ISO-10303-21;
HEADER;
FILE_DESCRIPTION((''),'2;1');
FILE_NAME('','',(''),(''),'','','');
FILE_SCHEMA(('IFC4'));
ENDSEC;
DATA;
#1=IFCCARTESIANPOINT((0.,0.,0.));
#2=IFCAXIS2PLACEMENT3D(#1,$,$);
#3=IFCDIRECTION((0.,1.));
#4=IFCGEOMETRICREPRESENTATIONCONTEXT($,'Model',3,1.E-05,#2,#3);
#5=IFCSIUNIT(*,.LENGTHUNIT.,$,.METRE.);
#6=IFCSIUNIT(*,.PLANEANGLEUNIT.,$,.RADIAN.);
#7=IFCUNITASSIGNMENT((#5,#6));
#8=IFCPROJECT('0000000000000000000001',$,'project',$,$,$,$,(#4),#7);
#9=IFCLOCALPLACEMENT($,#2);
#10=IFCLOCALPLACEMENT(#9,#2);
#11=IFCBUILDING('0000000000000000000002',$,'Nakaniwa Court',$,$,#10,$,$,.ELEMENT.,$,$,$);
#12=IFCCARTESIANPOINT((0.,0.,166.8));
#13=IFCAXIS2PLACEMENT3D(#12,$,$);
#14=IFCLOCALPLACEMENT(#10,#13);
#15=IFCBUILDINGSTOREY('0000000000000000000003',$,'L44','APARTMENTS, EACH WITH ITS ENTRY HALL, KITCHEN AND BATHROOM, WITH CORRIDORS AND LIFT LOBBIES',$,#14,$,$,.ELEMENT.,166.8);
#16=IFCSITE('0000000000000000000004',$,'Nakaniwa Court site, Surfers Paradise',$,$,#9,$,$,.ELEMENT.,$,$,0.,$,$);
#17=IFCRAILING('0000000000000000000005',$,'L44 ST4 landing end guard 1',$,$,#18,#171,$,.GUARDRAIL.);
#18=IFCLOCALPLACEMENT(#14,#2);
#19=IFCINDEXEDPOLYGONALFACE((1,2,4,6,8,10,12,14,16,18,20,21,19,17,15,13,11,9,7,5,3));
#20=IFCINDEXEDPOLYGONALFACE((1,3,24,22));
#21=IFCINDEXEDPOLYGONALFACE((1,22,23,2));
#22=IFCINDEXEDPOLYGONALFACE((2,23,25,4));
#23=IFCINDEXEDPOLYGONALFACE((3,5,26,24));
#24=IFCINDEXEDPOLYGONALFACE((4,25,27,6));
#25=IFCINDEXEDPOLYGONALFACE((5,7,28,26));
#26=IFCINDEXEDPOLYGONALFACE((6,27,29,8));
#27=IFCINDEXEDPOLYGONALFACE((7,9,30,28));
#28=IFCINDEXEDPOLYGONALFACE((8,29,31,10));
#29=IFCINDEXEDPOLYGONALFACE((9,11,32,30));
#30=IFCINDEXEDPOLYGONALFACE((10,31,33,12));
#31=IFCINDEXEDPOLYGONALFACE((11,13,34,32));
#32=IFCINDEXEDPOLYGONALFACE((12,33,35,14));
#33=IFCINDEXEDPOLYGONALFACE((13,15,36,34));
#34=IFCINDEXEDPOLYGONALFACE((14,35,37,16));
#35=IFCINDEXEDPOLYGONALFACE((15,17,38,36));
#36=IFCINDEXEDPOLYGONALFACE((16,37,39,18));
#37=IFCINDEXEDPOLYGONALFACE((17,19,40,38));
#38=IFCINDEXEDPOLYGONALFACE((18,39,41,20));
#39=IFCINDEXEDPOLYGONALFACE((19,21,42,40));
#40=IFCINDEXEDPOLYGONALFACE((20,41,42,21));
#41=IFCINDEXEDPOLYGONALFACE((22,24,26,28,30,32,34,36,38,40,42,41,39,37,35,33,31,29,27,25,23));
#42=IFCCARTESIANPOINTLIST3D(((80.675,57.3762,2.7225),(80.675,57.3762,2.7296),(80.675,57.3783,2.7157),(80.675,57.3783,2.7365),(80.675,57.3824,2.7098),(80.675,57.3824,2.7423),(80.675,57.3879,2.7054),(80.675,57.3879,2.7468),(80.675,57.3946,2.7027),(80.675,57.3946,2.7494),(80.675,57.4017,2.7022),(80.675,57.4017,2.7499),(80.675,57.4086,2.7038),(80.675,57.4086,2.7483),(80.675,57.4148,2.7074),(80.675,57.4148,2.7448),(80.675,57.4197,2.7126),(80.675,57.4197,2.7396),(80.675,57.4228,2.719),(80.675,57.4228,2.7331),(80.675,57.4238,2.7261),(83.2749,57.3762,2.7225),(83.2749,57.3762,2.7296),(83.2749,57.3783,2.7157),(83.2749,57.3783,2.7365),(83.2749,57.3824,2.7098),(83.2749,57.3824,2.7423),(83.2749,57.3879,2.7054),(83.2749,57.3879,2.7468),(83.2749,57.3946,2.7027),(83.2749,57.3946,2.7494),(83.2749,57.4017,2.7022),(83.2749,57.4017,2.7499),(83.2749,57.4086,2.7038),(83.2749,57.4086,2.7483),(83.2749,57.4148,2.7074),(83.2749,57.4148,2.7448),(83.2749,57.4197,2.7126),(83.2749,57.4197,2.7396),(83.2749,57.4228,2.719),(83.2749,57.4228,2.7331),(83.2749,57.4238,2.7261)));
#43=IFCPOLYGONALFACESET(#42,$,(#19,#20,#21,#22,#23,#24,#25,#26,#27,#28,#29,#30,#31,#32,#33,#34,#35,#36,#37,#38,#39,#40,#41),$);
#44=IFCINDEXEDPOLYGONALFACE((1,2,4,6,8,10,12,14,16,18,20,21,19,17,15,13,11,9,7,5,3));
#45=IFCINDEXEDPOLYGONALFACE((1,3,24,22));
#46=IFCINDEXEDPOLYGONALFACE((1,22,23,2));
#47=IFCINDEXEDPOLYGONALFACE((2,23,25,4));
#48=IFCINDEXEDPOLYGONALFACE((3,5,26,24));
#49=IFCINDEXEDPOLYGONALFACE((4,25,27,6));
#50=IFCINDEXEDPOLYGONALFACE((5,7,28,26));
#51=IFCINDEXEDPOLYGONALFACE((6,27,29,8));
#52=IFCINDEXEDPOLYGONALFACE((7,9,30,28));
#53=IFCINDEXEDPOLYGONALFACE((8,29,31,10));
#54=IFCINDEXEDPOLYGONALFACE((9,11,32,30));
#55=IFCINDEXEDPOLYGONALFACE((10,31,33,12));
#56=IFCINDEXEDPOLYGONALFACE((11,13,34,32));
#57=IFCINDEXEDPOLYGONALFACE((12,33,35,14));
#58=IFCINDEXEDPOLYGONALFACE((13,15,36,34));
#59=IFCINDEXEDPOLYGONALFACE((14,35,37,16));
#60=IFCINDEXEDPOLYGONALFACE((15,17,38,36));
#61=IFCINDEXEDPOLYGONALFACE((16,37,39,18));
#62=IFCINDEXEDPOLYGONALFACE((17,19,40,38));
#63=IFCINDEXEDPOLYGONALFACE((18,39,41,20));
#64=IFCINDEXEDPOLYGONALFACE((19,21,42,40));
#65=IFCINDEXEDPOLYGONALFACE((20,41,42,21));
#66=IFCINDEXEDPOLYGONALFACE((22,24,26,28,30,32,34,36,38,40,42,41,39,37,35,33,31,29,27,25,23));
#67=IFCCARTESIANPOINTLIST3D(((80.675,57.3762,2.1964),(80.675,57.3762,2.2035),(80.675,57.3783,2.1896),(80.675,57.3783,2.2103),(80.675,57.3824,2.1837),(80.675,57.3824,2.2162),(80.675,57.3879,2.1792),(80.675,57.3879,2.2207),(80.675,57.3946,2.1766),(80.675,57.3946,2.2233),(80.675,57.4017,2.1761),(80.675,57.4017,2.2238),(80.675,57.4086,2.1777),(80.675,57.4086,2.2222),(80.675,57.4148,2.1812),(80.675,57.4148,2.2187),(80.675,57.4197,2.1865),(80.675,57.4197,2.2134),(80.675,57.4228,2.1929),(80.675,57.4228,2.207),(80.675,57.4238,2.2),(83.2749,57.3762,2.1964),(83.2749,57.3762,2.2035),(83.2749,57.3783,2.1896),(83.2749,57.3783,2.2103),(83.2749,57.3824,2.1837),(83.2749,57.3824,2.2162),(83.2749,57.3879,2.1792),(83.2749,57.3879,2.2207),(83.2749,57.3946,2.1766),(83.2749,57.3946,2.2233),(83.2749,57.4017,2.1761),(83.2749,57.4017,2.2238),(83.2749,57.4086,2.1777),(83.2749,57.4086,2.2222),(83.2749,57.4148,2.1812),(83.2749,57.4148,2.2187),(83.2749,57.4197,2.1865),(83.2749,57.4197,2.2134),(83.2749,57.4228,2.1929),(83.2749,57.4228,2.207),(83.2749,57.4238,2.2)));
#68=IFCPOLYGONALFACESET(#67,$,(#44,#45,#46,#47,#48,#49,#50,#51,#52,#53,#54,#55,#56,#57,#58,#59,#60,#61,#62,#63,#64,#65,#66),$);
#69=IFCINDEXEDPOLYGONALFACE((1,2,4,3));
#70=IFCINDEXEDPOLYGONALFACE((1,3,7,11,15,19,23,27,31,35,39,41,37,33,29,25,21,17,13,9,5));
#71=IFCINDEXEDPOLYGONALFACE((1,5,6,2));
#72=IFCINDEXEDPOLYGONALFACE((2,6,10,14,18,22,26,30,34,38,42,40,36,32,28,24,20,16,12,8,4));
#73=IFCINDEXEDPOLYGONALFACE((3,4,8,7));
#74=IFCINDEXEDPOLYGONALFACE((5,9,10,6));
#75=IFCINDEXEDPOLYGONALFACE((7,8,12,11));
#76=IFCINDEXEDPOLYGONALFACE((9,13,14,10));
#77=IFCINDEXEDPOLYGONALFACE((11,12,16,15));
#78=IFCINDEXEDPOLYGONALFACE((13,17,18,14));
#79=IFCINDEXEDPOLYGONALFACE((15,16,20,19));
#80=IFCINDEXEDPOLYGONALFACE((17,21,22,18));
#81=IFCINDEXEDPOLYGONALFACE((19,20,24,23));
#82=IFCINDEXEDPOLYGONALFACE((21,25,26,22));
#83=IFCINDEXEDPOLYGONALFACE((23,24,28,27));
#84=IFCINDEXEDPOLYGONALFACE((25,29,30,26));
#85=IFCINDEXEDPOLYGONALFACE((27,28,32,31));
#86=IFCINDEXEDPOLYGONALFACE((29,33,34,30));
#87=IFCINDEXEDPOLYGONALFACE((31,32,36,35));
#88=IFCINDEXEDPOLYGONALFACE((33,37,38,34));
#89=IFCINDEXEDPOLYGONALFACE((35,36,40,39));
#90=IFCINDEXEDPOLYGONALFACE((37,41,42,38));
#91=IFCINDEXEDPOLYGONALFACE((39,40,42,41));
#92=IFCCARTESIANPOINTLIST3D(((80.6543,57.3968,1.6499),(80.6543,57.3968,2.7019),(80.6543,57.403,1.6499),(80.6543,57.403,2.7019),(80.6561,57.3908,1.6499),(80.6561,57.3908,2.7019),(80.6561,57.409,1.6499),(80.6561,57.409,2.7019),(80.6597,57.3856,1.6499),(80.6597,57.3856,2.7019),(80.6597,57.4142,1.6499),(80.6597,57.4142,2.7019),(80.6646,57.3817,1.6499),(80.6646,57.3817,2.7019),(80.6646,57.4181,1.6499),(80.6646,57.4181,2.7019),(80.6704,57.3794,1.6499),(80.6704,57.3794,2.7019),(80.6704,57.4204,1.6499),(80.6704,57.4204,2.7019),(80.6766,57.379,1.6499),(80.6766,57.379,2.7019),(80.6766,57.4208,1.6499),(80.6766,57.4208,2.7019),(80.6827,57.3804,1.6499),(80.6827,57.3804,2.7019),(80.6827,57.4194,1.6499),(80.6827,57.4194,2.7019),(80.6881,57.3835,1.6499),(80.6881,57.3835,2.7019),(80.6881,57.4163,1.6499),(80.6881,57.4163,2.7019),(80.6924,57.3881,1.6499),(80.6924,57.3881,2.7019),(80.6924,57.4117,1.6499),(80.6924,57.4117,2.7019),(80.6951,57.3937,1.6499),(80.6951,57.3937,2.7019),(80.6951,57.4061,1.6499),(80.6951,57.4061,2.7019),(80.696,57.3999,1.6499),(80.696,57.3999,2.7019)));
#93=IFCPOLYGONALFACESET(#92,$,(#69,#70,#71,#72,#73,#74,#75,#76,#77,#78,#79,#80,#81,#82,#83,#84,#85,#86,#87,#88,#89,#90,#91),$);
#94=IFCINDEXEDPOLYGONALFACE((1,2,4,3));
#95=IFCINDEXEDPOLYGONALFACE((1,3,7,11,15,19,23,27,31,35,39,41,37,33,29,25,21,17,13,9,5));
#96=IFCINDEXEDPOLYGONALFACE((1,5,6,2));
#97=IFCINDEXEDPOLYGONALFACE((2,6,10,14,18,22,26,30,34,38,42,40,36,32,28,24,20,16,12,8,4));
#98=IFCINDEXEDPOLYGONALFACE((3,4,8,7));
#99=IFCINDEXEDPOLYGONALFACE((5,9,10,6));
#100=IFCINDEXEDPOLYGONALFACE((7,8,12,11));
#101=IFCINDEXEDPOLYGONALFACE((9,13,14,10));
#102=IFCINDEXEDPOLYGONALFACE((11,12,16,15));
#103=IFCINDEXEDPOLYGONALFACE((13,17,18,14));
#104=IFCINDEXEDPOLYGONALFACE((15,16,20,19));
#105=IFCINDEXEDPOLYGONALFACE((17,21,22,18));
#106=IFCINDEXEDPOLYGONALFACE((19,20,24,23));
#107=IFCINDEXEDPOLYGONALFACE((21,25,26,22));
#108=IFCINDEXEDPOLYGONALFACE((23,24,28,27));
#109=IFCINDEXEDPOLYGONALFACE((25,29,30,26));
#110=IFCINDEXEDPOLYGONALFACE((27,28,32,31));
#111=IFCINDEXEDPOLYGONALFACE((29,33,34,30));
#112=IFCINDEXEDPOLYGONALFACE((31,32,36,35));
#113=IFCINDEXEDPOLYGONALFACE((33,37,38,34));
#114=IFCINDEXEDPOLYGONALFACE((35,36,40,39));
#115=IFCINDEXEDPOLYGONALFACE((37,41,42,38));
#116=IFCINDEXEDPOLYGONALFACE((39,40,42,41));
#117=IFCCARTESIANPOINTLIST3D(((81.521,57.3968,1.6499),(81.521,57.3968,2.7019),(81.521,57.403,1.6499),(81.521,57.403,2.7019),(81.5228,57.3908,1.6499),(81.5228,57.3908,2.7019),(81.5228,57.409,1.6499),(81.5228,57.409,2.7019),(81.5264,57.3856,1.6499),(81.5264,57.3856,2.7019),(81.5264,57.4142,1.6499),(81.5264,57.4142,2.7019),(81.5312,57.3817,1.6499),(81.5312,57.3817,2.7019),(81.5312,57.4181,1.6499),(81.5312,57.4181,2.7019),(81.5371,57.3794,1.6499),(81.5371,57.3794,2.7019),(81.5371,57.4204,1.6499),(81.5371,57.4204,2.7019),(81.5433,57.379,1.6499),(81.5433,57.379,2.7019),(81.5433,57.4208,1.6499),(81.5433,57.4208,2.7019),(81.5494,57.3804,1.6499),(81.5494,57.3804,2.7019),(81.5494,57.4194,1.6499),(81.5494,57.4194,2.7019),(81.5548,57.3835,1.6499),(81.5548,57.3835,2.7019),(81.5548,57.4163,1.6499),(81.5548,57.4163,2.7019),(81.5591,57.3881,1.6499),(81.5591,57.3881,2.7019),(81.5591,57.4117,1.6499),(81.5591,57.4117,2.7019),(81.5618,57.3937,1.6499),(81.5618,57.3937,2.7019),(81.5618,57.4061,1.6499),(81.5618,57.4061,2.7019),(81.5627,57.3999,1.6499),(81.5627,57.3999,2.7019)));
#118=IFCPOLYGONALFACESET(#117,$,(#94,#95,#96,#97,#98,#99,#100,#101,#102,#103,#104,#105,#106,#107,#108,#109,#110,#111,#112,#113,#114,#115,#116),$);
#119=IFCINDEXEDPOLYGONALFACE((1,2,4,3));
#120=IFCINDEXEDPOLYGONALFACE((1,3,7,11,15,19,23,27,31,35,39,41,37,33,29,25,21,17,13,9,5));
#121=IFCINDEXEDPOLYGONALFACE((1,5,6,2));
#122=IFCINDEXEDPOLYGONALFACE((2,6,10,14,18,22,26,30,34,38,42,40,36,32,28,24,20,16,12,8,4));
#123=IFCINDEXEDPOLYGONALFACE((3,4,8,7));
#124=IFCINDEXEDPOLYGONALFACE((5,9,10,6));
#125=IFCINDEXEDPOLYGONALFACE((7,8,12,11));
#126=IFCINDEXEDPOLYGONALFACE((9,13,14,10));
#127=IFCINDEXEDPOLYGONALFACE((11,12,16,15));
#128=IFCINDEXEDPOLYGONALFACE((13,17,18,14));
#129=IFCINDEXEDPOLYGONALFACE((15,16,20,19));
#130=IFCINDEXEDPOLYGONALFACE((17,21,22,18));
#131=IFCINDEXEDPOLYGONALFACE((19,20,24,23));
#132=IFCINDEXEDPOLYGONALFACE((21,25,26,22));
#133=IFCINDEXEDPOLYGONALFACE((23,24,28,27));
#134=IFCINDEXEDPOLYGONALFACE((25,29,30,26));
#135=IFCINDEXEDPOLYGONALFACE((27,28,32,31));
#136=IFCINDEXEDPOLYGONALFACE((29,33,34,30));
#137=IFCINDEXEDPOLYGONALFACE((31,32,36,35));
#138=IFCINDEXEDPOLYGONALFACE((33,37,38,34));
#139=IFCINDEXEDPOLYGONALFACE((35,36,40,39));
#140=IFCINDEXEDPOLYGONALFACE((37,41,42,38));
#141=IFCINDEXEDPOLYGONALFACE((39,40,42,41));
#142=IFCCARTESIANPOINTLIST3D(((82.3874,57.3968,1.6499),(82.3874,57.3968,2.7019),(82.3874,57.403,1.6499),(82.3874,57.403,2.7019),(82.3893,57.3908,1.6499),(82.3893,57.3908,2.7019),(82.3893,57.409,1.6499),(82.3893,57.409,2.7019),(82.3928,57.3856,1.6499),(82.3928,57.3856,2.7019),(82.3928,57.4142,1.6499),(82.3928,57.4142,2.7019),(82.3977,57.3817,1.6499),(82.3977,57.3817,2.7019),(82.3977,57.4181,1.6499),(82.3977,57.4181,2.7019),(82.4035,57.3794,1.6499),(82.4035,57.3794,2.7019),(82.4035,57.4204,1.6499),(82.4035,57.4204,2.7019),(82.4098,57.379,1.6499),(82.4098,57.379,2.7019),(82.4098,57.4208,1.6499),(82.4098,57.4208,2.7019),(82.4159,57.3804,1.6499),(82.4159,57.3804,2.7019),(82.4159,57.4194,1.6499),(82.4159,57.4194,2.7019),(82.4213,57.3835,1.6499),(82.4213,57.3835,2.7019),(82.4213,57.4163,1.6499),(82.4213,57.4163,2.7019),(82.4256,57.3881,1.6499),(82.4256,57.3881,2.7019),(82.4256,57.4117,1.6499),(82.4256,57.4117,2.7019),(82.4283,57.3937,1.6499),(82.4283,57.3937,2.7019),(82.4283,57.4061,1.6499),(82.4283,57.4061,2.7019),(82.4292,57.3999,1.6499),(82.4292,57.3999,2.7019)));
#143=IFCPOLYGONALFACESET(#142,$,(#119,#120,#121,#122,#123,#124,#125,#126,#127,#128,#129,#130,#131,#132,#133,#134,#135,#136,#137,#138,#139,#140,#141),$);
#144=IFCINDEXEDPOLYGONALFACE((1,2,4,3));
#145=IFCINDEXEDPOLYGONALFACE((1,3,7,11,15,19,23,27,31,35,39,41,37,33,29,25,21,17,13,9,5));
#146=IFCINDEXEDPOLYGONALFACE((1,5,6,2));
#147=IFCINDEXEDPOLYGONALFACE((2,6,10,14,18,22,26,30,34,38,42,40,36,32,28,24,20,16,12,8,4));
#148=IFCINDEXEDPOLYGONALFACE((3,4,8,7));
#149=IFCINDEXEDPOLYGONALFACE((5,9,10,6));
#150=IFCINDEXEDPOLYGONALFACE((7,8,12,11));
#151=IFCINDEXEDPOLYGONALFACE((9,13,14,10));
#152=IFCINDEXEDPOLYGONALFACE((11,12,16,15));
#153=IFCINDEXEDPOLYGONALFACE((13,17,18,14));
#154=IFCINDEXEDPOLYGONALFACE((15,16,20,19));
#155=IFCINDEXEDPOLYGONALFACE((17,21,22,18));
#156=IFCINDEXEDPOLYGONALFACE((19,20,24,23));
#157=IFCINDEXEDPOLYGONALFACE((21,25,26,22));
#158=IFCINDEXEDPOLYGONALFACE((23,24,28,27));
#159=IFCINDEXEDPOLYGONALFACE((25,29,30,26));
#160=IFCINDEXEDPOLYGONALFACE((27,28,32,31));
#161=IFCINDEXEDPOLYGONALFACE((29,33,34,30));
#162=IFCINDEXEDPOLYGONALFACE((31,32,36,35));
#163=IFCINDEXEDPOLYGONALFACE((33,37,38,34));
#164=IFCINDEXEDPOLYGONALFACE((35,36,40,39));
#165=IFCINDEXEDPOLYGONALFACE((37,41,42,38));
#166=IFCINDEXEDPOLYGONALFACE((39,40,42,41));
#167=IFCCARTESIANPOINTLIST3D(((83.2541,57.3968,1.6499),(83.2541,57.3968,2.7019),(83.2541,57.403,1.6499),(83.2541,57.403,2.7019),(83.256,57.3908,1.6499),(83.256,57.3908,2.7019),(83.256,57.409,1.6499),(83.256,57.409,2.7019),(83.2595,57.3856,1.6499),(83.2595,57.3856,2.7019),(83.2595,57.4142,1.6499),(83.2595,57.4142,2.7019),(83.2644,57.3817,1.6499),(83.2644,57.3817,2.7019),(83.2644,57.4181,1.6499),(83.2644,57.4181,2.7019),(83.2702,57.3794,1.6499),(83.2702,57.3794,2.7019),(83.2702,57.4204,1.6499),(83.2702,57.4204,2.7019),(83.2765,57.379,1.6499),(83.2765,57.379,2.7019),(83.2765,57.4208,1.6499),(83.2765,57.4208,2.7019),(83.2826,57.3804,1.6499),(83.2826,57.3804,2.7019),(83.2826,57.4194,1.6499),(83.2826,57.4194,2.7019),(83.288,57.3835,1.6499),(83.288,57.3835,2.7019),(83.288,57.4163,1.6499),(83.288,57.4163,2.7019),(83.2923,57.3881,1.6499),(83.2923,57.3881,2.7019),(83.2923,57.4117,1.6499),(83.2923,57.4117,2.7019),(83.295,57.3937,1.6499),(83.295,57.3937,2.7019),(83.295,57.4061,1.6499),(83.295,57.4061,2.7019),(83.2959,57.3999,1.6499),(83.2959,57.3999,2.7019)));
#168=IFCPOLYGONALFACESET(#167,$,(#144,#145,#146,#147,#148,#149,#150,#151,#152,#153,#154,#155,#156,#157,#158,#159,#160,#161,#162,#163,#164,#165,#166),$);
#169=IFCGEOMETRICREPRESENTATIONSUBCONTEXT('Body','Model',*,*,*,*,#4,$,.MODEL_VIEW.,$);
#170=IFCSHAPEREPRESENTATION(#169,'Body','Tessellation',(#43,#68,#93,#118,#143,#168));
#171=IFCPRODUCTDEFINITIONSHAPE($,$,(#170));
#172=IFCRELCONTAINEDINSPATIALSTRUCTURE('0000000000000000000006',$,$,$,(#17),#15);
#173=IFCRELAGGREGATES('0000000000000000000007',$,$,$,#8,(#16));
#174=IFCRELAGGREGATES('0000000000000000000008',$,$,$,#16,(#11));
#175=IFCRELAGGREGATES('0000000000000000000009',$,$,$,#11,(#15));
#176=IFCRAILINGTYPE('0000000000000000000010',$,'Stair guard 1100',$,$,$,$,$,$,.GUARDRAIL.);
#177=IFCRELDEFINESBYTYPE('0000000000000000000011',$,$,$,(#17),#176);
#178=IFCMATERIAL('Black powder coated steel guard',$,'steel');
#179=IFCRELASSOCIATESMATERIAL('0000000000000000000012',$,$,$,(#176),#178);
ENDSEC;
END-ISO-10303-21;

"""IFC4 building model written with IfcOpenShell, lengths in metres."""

from ifc_helpers import new_model, si_unit, direction, frame, origin, origin_2d, place, context, subcontext, project, spatial, circle, extrude, material, type_object, element, save


model = new_model("IFC4")

# Units and contexts
model_context = context("Model", 3, precision=1e-05, world=origin(), true_north=direction((0.0, 1.0)))
body_context = subcontext(model_context, "Body", "Model", "MODEL_VIEW")
ifc_project = project(units=[si_unit("LENGTHUNIT", "METRE"), si_unit("PLANEANGLEUNIT", "RADIAN")], contexts=[model_context])

# Site, building, storey
site_placement = place(None, origin())
site = spatial("IfcSite", under=ifc_project, at=site_placement, Name="Nakaniwa Court site, Surfers Paradise", CompositionType="ELEMENT", RefElevation=0.0)
building_placement = place(site_placement, origin())
building = spatial("IfcBuilding", under=site, at=building_placement, Name="Nakaniwa Court", CompositionType="ELEMENT")
storey_placement = place(building_placement, frame((0.0, 0.0, 166.8)))
storey = spatial("IfcBuildingStorey", under=building, at=storey_placement, Name="L44", Description="APARTMENTS, EACH WITH ITS ENTRY HALL, KITCHEN AND BATHROOM, WITH CORRIDORS AND LIFT LOBBIES", CompositionType="ELEMENT", Elevation=166.8)

# Railing
ifc_material_1 = material(Name="Black powder coated steel guard", Category="steel")
railing_type_1 = type_object("IfcRailingType", Name="Stair guard 1100", PredefinedType="GUARDRAIL", material=ifc_material_1)
railing_1_placement = place(storey_placement, frame((80.675, 57.3999, 1.6499)))
element("IfcRailing", 1, at=railing_1_placement, inside=storey, type_object=railing_type_1, Name="L44 ST4 landing end guard 1", PredefinedType="GUARDRAIL", context=body_context, shape_type="SweptSolid", body=[
    extrude(circle(Radius=0.0239, at=origin_2d()), frame((0.0, 0.0, 1.0762), z_axis=(1.0, 0.0, 0.0), x_axis=(0.0, 1.0, 0.0)), (0.0, 0.0, 1.0), 2.5999),
    extrude(circle(Radius=0.0239, at=origin_2d()), frame((0.0, 0.0, 0.55), z_axis=(1.0, 0.0, 0.0), x_axis=(0.0, 1.0, 0.0)), (0.0, 0.0, 1.0), 2.5999),
    extrude(circle(Radius=0.021, at=origin_2d()), origin(), (0.0, 0.0, 1.0), 1.052),
    extrude(circle(Radius=0.021, at=origin_2d()), frame((0.8667, 0.0, 0.0)), (0.0, 0.0, 1.0), 1.052),
    extrude(circle(Radius=0.021, at=origin_2d()), frame((1.7332, 0.0, 0.0)), (0.0, 0.0, 1.0), 1.052),
    extrude(circle(Radius=0.021, at=origin_2d()), frame((2.5999, 0.0, 0.0)), (0.0, 0.0, 1.0), 1.052),
])

save(model, "model.ifc")
